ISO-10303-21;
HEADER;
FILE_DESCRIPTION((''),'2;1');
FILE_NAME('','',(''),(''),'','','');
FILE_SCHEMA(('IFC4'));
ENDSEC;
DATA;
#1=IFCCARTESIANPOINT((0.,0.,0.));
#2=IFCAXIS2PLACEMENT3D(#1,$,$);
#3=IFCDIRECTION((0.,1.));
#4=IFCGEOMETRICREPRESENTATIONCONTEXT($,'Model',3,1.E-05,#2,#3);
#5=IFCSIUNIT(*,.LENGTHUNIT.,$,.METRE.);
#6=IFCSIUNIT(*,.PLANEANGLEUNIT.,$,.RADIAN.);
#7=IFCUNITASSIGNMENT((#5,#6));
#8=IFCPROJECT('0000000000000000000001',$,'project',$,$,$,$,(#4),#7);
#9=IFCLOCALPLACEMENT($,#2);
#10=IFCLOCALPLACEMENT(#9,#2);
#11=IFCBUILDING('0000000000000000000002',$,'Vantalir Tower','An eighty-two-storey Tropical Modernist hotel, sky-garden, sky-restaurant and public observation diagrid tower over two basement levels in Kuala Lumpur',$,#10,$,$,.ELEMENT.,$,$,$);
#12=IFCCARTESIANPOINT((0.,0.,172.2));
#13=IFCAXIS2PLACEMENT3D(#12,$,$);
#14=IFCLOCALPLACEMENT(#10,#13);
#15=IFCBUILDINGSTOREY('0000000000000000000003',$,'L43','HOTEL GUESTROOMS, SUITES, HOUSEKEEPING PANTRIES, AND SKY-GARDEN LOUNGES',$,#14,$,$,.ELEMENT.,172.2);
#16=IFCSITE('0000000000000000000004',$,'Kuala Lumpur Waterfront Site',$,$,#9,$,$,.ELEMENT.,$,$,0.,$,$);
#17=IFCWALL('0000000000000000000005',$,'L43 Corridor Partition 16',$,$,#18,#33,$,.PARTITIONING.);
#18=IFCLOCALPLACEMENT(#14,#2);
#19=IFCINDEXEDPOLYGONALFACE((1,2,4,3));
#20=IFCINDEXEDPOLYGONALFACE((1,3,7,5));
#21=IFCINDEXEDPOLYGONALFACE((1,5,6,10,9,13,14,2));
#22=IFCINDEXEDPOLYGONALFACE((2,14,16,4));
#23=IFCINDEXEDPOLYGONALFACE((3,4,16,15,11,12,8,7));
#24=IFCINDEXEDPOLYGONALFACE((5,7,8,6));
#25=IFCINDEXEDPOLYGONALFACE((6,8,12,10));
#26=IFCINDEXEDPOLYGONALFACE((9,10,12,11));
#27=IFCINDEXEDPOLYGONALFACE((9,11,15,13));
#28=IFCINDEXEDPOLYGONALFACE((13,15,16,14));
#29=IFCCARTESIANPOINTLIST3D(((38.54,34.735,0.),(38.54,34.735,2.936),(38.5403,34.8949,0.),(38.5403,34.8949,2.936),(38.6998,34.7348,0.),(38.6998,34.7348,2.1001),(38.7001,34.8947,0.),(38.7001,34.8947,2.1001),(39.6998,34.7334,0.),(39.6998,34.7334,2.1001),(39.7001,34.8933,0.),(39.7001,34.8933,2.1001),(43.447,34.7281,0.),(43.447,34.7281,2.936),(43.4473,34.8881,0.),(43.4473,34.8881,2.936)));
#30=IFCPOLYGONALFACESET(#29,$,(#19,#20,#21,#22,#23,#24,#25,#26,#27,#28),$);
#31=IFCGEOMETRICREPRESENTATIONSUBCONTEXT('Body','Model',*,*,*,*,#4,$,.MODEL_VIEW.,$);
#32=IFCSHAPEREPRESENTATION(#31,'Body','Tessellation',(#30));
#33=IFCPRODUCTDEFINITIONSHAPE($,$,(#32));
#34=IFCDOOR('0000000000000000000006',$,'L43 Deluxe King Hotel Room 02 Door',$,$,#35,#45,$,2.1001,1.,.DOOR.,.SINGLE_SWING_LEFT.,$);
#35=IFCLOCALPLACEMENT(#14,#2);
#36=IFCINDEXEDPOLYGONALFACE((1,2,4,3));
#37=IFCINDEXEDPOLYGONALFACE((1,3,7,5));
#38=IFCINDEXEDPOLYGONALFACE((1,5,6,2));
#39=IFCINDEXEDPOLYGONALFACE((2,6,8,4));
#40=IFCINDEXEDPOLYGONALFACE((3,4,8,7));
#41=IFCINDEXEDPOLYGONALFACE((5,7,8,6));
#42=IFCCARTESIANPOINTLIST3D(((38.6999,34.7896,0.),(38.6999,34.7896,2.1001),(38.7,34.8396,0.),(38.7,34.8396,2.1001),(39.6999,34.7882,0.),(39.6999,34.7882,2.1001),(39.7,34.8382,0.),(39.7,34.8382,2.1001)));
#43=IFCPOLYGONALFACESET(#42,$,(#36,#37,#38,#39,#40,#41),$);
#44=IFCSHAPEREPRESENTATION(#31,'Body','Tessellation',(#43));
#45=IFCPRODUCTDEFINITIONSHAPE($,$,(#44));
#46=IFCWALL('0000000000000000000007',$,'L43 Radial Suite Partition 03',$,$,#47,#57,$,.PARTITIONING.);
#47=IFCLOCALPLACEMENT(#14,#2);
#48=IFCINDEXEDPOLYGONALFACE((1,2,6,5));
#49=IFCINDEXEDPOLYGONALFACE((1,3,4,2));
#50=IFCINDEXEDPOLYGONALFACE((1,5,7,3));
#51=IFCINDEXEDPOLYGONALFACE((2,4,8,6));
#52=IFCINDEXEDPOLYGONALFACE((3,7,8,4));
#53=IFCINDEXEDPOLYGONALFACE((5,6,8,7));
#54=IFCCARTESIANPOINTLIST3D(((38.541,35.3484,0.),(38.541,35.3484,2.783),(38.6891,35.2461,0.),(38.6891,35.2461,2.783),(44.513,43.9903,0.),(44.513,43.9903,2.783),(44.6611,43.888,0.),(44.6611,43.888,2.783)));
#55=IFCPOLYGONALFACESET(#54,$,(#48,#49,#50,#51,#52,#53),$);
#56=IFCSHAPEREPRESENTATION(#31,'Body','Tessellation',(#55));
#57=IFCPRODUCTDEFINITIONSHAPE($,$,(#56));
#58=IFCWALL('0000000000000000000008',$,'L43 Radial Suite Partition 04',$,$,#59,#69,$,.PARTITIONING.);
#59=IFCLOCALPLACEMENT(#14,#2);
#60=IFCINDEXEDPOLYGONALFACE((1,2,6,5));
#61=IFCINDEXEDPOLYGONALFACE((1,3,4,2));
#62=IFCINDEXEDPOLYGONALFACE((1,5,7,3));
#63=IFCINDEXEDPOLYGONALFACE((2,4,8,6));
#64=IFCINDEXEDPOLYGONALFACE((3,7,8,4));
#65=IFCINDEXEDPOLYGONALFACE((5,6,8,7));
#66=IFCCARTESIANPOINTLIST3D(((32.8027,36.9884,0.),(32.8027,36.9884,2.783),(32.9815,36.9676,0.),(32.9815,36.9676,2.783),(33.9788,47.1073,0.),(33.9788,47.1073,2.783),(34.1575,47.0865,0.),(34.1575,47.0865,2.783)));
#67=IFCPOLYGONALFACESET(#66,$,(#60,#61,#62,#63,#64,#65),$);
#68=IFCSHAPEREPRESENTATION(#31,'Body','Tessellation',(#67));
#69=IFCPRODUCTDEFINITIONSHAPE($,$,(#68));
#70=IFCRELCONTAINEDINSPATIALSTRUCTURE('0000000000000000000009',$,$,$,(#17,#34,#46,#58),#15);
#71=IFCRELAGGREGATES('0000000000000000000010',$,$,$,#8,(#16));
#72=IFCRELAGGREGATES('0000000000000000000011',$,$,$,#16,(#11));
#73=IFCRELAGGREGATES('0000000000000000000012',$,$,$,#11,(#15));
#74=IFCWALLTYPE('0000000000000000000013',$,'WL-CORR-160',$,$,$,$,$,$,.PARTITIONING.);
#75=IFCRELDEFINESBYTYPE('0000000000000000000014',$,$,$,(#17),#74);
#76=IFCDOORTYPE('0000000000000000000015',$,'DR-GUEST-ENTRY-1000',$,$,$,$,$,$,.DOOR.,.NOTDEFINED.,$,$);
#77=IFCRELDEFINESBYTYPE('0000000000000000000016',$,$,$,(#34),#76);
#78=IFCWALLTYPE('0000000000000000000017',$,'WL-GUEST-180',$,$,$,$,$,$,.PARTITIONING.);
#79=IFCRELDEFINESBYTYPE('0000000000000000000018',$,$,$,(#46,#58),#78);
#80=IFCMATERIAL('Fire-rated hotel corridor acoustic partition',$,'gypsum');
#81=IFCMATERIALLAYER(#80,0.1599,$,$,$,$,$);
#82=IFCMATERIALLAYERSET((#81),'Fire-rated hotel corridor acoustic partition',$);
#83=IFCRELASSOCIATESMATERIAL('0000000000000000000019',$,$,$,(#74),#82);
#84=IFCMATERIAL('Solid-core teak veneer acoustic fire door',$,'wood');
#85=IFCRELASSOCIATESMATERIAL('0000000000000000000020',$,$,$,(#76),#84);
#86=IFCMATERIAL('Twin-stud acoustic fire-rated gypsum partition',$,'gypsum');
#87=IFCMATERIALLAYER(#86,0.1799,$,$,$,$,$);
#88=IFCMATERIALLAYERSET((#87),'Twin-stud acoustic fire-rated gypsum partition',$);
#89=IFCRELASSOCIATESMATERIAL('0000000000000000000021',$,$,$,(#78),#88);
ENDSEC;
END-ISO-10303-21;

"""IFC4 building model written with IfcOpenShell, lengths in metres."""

from ifc_helpers import new_model, si_unit, direction, frame, frame_2d, origin, place, context, subcontext, project, spatial, rectangle, extrude, material, layer, layer_set, type_object, element, fill, save


model = new_model("IFC4")

# Units and contexts
model_context = context("Model", 3, precision=1e-05, world=origin(), true_north=direction((0.0, 1.0)))
body_context = subcontext(model_context, "Body", "Model", "MODEL_VIEW")
ifc_project = project(units=[si_unit("LENGTHUNIT", "METRE"), si_unit("PLANEANGLEUNIT", "RADIAN")], contexts=[model_context])

# Site, building, storey
site_placement = place(None, origin())
site = spatial("IfcSite", under=ifc_project, at=site_placement, Name="Kuala Lumpur Waterfront Site", CompositionType="ELEMENT", RefElevation=0.0)
building_placement = place(site_placement, origin())
building = spatial("IfcBuilding", under=site, at=building_placement, Name="Vantalir Tower", Description="An eighty-two-storey Tropical Modernist hotel, sky-garden, sky-restaurant and public observation diagrid tower over two basement levels in Kuala Lumpur", CompositionType="ELEMENT")
storey_placement = place(building_placement, frame((0.0, 0.0, 172.2)))
storey = spatial("IfcBuildingStorey", under=building, at=storey_placement, Name="L43", Description="HOTEL GUESTROOMS, SUITES, HOUSEKEEPING PANTRIES, AND SKY-GARDEN LOUNGES", CompositionType="ELEMENT", Elevation=172.2)

# Shared definitions
ifc_material_1 = material(Name="Fire-rated hotel corridor acoustic partition", Category="gypsum")
ifc_layer_1 = layer(ifc_material_1, 0.1599)
ifc_layer_set_1 = layer_set([ifc_layer_1], Name="Fire-rated hotel corridor acoustic partition")
wall_type_1 = type_object("IfcWallType", Name="WL-CORR-160", PredefinedType="PARTITIONING", material=ifc_layer_set_1)

# Wall, opening, door
wall_1_placement = place(storey_placement, frame((38.54, 34.8149, 0.0), z_axis=(0.0, 0.0, 1.0), x_axis=(0.999999, -0.001393, 0.0)))
wall_1 = element("IfcWall", 1, at=wall_1_placement, inside=storey, type_object=wall_type_1, Name="L43 Corridor Partition 16", PredefinedType="PARTITIONING", context=body_context, shape_type="SweptSolid", body=[
    extrude(rectangle(XDim=4.907, YDim=0.1599, at=frame_2d((2.4536, 0.0))), origin(), (0.0, 0.0, 1.0), 2.936),
])
opening_1_placement = place(wall_1_placement, frame((0.1599, 0.0, 0.0)))
opening_1 = element("IfcOpeningElement", 2, at=opening_1_placement, cuts=wall_1, PredefinedType="OPENING", context=body_context, shape_type="SweptSolid", body=[
    extrude(rectangle(XDim=1.0, YDim=2.1001, at=frame_2d((0.5, 1.05))), frame((0.0, 0.0898, 0.0), z_axis=(0.0, -1.0, 0.0), x_axis=(1.0, 0.0, 0.0)), (0.0, 0.0, 1.0), 0.1799),
])
ifc_material_2 = material(Name="Solid-core teak veneer acoustic fire door", Category="wood")
door_type_1 = type_object("IfcDoorType", Name="DR-GUEST-ENTRY-1000", OperationType="NOTDEFINED", PredefinedType="DOOR", material=ifc_material_2)
door_1_placement = place(opening_1_placement, origin())
door_1 = element("IfcDoor", 3, at=door_1_placement, inside=storey, type_object=door_type_1, Name="L43 Deluxe King Hotel Room 02 Door", OperationType="SINGLE_SWING_LEFT", OverallHeight=2.1001, OverallWidth=1.0, PredefinedType="DOOR", context=body_context, shape_type="SweptSolid", body=[
    extrude(rectangle(XDim=1.0, YDim=2.1001, at=frame_2d((0.5, 1.05))), frame((0.0, 0.0249, 0.0), z_axis=(0.0, -1.0, 0.0), x_axis=(1.0, 0.0, 0.0)), (0.0, 0.0, 1.0), 0.05),
])
fill(opening_1, door_1)

# Walls
ifc_material_3 = material(Name="Twin-stud acoustic fire-rated gypsum partition", Category="gypsum")
ifc_layer_2 = layer(ifc_material_3, 0.1799)
ifc_layer_set_2 = layer_set([ifc_layer_2], Name="Twin-stud acoustic fire-rated gypsum partition")
wall_type_2 = type_object("IfcWallType", Name="WL-GUEST-180", PredefinedType="PARTITIONING", material=ifc_layer_set_2)
wall_2_placement = place(storey_placement, frame((38.615, 35.2971, 0.0), z_axis=(0.0, 0.0, 1.0), x_axis=(0.568509, 0.822677, 0.0)))
element("IfcWall", 4, at=wall_2_placement, inside=storey, type_object=wall_type_2, Name="L43 Radial Suite Partition 03", PredefinedType="PARTITIONING", context=body_context, shape_type="SweptSolid", body=[
    extrude(rectangle(XDim=10.5046, YDim=0.1799, at=frame_2d((5.2524, 0.0))), origin(), (0.0, 0.0, 1.0), 2.783),
])
wall_3_placement = place(storey_placement, frame((32.8921, 36.978, 0.0), z_axis=(0.0, 0.0, 1.0), x_axis=(0.115444, 0.993314, 0.0)))
element("IfcWall", 5, at=wall_3_placement, inside=storey, type_object=wall_type_2, Name="L43 Radial Suite Partition 04", PredefinedType="PARTITIONING", context=body_context, shape_type="SweptSolid", body=[
    extrude(rectangle(XDim=10.187, YDim=0.1799, at=frame_2d((5.0935, 0.0))), origin(), (0.0, 0.0, 1.0), 2.783),
])

save(model, "model.ifc")
